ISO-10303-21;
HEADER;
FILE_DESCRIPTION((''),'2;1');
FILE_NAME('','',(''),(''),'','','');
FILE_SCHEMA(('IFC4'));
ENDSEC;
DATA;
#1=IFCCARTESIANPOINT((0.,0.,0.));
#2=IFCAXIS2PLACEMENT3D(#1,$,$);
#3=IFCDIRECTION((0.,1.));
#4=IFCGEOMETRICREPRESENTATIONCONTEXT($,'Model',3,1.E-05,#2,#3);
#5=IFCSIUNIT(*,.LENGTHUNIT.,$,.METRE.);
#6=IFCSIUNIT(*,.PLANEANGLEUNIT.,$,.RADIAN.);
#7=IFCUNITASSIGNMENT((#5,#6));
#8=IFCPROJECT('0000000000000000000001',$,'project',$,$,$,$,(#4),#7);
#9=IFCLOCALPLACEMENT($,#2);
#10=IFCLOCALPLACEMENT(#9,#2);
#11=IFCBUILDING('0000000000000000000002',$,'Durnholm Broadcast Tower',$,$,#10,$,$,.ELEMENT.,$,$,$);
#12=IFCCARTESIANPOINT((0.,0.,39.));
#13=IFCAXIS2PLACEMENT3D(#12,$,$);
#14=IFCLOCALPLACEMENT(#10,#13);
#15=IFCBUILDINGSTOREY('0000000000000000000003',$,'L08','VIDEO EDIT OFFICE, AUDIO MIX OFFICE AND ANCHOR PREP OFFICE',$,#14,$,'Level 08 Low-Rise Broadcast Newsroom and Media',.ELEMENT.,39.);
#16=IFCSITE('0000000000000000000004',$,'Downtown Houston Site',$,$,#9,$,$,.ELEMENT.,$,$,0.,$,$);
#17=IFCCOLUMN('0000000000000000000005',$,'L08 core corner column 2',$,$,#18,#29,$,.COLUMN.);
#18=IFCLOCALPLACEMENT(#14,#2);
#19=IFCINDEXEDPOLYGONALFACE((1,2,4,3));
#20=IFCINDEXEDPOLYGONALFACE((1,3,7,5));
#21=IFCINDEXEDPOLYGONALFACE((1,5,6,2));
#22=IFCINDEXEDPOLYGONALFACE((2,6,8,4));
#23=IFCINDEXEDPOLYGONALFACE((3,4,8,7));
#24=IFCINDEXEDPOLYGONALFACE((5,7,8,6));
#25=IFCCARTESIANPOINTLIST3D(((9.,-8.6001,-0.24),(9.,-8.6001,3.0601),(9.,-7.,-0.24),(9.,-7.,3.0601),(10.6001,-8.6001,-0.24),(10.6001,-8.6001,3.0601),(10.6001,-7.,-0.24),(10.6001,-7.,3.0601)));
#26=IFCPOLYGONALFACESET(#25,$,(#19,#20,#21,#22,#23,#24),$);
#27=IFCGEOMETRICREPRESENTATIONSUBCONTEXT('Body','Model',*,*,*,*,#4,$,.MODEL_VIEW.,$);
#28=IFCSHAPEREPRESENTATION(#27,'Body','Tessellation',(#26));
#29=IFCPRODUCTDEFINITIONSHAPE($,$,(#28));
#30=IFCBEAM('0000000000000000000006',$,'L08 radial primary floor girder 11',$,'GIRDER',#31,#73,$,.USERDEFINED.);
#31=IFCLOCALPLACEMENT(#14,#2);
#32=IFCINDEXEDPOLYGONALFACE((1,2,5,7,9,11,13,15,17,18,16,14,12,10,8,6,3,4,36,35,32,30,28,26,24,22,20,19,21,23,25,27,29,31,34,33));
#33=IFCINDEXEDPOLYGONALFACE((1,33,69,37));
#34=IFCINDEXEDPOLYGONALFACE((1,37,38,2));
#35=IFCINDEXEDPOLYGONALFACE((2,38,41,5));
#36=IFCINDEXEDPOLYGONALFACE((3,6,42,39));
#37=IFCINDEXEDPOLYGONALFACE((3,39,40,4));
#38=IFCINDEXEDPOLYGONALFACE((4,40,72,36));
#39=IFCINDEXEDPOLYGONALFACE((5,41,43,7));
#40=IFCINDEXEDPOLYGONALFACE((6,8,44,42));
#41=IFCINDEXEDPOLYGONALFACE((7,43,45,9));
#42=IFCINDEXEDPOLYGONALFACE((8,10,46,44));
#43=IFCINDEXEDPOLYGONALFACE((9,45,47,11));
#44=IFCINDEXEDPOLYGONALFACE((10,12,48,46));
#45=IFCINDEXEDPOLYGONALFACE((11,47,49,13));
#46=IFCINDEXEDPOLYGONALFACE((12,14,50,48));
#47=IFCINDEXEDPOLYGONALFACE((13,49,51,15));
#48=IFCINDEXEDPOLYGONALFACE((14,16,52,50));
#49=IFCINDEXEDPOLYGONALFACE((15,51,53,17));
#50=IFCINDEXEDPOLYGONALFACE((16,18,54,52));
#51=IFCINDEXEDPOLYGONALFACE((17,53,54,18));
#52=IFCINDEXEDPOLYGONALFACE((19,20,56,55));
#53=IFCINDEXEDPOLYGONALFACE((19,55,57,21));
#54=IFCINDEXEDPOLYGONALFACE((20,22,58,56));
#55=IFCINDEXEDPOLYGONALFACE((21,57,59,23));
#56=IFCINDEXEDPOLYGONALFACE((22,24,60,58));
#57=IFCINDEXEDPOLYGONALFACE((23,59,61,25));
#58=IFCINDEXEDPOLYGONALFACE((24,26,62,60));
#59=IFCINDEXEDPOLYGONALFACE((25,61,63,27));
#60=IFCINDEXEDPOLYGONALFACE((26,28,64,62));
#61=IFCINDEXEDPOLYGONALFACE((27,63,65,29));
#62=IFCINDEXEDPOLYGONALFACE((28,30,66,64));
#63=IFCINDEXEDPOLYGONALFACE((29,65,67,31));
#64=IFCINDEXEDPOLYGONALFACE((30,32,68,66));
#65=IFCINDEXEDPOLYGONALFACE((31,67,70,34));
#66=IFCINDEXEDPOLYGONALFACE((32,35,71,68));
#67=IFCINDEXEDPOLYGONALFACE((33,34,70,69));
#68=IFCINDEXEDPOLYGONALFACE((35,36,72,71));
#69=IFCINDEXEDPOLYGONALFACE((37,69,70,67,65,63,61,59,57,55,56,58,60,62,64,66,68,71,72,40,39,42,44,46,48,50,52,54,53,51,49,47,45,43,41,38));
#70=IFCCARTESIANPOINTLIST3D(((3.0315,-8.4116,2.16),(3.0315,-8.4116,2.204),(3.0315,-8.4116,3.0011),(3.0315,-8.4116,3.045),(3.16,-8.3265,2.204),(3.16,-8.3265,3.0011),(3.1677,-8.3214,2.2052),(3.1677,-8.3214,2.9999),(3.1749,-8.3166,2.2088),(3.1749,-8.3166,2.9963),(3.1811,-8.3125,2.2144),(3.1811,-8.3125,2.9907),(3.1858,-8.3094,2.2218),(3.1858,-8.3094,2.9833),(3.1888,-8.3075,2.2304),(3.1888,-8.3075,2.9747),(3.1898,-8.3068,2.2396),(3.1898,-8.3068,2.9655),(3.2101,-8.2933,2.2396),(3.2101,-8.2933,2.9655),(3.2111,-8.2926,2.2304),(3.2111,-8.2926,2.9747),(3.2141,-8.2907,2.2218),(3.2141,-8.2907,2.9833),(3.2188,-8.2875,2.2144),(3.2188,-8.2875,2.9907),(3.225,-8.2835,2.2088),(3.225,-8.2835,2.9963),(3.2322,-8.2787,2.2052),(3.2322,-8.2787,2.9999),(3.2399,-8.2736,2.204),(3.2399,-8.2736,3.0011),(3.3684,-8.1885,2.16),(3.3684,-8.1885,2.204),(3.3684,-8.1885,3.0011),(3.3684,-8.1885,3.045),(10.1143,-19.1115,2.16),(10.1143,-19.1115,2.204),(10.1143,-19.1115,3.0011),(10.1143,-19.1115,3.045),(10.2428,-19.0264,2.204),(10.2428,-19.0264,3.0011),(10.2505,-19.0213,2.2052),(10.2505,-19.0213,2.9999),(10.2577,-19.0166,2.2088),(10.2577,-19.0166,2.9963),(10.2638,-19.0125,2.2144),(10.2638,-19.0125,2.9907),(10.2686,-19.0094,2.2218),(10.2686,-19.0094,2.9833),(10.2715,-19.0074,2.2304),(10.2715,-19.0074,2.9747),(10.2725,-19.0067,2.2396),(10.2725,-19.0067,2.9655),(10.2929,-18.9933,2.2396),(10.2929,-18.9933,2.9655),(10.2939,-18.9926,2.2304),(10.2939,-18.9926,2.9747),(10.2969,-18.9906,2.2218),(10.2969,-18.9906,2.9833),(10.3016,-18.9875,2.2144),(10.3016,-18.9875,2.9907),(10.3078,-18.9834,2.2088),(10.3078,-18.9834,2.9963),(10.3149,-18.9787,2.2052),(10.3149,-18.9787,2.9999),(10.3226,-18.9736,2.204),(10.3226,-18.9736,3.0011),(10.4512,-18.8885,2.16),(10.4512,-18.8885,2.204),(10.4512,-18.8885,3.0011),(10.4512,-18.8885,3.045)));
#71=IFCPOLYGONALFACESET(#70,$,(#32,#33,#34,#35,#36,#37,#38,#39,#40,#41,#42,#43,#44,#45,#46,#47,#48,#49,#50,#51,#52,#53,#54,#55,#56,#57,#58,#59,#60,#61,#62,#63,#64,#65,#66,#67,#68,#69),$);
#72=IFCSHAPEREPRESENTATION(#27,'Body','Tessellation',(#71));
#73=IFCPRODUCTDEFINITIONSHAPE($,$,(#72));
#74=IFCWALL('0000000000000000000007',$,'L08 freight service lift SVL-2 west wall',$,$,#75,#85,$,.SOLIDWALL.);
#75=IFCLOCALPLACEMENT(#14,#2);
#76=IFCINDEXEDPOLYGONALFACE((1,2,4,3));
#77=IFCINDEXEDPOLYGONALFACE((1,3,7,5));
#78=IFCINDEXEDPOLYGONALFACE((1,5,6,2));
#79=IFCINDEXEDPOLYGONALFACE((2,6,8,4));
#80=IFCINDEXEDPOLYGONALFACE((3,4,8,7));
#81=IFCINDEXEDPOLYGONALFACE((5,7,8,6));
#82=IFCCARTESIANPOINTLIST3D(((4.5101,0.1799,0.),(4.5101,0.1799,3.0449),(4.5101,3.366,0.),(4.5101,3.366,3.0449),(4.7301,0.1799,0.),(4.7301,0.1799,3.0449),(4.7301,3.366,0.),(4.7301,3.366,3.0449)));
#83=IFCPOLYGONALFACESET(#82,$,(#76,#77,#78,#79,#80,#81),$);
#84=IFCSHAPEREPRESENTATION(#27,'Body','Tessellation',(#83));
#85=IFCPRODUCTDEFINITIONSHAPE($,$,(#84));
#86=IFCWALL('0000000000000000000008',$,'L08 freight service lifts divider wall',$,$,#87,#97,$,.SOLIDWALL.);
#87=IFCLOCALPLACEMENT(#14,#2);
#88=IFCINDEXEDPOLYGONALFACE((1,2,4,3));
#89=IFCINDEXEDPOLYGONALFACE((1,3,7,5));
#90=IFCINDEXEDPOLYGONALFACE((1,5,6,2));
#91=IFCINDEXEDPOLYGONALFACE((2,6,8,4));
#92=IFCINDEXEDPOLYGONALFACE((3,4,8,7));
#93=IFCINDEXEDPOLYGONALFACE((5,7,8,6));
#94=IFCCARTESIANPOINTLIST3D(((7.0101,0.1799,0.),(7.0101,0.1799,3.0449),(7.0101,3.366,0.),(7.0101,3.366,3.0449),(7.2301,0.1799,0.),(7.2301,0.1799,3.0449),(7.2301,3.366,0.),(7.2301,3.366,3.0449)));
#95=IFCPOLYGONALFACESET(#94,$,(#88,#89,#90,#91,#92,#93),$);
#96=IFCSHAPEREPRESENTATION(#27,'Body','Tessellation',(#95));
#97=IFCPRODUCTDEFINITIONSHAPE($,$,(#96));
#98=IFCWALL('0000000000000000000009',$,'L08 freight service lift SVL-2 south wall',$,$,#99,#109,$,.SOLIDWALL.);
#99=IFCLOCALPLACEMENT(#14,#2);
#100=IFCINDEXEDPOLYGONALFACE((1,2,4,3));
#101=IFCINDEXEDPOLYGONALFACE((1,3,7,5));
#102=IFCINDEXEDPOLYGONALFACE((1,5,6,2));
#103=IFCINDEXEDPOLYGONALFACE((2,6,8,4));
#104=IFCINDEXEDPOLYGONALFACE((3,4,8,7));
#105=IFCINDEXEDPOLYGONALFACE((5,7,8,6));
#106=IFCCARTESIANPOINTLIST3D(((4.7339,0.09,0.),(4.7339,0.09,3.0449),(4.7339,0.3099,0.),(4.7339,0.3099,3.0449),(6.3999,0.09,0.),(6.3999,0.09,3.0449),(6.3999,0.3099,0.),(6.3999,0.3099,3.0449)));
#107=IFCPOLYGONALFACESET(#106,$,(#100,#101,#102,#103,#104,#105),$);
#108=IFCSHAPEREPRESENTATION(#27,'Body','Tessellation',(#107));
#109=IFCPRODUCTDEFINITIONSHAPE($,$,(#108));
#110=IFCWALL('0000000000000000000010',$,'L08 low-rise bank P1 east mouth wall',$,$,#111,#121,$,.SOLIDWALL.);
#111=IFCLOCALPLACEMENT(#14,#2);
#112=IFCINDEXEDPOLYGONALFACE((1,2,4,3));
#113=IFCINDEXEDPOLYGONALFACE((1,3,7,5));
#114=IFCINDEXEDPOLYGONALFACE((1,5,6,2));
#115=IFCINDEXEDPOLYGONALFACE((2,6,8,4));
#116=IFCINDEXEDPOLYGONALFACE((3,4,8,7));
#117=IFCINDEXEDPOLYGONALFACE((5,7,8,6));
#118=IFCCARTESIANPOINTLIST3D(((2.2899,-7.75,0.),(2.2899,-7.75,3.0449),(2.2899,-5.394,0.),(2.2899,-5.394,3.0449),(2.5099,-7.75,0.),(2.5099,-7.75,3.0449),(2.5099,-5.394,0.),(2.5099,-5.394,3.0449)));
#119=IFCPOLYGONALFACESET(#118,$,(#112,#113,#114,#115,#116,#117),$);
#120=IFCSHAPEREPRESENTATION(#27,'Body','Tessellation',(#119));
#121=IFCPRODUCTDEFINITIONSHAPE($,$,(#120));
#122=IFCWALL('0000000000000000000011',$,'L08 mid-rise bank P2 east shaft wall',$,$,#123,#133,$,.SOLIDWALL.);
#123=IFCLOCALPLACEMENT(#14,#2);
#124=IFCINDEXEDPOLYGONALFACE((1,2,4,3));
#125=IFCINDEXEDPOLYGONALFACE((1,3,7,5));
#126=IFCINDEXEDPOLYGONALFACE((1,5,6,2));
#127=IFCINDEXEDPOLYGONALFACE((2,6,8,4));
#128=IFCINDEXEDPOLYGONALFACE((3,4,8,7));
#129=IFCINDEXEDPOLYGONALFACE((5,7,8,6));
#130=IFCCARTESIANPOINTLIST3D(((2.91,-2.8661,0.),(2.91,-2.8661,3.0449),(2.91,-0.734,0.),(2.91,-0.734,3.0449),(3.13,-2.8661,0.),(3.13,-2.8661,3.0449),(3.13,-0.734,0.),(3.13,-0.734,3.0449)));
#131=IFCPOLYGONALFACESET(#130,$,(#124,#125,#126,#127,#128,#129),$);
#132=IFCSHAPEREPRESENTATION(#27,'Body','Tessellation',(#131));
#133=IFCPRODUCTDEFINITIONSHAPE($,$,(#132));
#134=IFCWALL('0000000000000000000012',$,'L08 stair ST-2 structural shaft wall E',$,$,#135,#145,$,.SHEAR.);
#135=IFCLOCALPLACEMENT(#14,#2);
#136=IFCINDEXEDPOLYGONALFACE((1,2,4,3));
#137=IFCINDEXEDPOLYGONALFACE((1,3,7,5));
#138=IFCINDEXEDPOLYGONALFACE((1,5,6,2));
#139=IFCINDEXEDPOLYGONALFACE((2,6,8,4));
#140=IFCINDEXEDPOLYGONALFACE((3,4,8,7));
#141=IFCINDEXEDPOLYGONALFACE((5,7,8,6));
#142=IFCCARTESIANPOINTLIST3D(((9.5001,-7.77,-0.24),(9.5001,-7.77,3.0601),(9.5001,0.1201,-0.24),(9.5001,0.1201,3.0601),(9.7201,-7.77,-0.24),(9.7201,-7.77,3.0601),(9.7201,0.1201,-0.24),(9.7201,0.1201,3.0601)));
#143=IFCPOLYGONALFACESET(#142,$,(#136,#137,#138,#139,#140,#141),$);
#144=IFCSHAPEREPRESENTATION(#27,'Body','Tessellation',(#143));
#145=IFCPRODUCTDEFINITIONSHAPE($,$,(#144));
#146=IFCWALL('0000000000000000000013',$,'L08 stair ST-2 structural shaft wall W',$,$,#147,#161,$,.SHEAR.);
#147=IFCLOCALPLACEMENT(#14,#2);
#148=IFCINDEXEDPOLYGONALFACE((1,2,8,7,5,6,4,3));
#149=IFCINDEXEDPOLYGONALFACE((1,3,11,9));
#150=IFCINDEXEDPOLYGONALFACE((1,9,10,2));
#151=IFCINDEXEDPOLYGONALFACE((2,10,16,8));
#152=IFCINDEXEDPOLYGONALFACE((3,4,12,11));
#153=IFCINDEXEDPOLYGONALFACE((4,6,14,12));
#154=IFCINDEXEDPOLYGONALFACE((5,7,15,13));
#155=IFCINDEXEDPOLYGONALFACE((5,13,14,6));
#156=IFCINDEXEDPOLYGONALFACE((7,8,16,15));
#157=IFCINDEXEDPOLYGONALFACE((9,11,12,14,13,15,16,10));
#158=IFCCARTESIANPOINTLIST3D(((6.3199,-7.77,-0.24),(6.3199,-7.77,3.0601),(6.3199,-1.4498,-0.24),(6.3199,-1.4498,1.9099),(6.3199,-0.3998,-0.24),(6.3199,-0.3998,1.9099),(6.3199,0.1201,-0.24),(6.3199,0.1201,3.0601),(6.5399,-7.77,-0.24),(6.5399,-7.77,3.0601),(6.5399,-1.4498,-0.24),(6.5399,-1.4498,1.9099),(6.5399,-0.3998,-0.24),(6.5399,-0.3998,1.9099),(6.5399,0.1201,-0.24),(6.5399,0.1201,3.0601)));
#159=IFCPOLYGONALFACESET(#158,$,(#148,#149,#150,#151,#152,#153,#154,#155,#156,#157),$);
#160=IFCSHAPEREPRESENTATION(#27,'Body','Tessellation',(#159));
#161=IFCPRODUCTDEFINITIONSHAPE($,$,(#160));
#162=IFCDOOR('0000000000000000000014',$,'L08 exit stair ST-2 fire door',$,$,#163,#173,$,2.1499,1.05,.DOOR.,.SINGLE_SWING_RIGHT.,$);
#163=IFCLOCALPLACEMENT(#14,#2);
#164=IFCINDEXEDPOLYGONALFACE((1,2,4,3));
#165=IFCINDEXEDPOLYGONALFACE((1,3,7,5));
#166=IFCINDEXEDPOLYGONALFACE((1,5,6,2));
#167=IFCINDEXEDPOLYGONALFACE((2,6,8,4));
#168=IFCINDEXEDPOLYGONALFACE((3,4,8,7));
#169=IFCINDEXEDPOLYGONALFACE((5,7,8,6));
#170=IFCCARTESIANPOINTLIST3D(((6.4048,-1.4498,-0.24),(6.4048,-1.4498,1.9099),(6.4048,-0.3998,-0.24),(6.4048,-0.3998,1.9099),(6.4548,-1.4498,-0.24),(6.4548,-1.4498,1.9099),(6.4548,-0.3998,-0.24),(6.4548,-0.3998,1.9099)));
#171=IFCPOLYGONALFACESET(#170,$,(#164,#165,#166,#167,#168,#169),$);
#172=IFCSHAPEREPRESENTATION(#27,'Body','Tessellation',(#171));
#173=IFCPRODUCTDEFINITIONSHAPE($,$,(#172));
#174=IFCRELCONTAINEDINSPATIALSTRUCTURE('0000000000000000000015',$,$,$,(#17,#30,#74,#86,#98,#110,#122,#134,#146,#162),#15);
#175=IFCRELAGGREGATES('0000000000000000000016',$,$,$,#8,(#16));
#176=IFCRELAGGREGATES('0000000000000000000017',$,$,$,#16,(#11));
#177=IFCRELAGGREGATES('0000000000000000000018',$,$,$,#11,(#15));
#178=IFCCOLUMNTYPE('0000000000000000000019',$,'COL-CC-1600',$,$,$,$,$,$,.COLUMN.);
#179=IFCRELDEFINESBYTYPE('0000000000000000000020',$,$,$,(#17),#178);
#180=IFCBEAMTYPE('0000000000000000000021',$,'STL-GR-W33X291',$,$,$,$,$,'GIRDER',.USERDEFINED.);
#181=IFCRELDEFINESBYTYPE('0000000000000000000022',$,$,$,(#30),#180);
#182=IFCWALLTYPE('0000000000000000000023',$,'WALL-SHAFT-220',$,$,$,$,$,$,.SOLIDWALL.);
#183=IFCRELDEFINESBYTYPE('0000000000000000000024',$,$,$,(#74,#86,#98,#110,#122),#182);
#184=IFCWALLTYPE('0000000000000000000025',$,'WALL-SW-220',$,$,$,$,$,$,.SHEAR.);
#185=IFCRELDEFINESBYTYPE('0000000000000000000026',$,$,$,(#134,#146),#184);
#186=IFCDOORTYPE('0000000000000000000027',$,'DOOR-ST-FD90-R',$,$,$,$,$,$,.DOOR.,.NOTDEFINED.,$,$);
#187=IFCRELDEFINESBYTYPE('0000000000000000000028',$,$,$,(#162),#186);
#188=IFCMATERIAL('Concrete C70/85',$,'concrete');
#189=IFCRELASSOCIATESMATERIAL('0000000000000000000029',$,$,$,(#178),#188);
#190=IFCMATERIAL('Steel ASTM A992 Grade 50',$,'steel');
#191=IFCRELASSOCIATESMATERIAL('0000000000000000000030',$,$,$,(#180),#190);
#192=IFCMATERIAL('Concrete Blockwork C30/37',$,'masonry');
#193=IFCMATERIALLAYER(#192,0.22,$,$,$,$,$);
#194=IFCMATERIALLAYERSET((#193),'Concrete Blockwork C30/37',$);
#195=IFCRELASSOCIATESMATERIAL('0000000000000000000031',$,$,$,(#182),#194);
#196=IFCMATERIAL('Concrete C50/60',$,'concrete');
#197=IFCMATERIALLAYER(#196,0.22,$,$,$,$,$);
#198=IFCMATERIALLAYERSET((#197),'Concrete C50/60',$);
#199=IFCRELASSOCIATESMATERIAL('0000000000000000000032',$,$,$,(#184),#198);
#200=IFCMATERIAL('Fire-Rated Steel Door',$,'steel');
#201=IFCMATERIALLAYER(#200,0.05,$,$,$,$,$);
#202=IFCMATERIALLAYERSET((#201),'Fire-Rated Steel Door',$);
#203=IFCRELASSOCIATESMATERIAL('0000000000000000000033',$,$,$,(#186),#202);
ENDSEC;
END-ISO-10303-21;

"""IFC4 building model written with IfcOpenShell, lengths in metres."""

from ifc_helpers import new_model, si_unit, direction, frame, frame_2d, origin, origin_2d, place, context, subcontext, project, spatial, rectangle, i_section, extrude, source, transform, mapped, material, layer, layer_set, material_profile, profile_set, type_object, type_shapes, element, fill, save


model = new_model("IFC4")

# Units and contexts
model_context = context("Model", 3, precision=1e-05, world=origin(), true_north=direction((0.0, 1.0)))
body_context = subcontext(model_context, "Body", "Model", "MODEL_VIEW")
ifc_project = project(units=[si_unit("LENGTHUNIT", "METRE"), si_unit("PLANEANGLEUNIT", "RADIAN")], contexts=[model_context])

# Site, building, storey
site_placement = place(None, origin())
site = spatial("IfcSite", under=ifc_project, at=site_placement, Name="Downtown Houston Site", CompositionType="ELEMENT", RefElevation=0.0)
building_placement = place(site_placement, origin())
building = spatial("IfcBuilding", under=site, at=building_placement, Name="Durnholm Broadcast Tower", CompositionType="ELEMENT")
storey_placement = place(building_placement, frame((0.0, 0.0, 39.0)))
storey = spatial("IfcBuildingStorey", under=building, at=storey_placement, Name="L08", Description="VIDEO EDIT OFFICE, AUDIO MIX OFFICE AND ANCHOR PREP OFFICE", LongName="Level 08 Low-Rise Broadcast Newsroom and Media", CompositionType="ELEMENT", Elevation=39.0)

# Column
ifc_material_1 = material(Name="Concrete C70/85", Category="concrete")
ifc_material_profile_1 = material_profile(ifc_material_1, rectangle(XDim=1.6001, YDim=1.6001, at=origin_2d()), Name="RC1600X1600")
ifc_profile_set_1 = profile_set([ifc_material_profile_1], Name="Concrete C70/85")
column_type = type_object("IfcColumnType", Name="COL-CC-1600", PredefinedType="COLUMN", material=ifc_profile_set_1)
shared_shape_1 = source(origin(), body_context, "Body", "SweptSolid", [
    extrude(rectangle(XDim=1.6001, YDim=1.6001, at=origin_2d()), origin(), (0.0, 0.0, 1.0), 3.3),
])
type_shapes(column_type, [shared_shape_1])
column_placement = place(storey_placement, frame((9.8, -7.8, -0.24), z_axis=(0.0, 0.0, 1.0), x_axis=(1.0, 0.0, 0.0)))
element("IfcColumn", 1, at=column_placement, inside=storey, type_object=column_type, Name="L08 core corner column 2", PredefinedType="COLUMN", context=body_context, shape_type="MappedRepresentation", body=[
    mapped(shared_shape_1, transform((0.0, 0.0, 0.0), x_axis=(1.0, 0.0, 0.0), y_axis=(0.0, 1.0, 0.0), z_axis=(0.0, 0.0, 1.0), scale=1.0)),
])

# Beam
ifc_material_2 = material(Name="Steel ASTM A992 Grade 50", Category="steel")
ifc_material_profile_2 = material_profile(ifc_material_2, i_section(OverallWidth=0.4041, OverallDepth=0.885, WebThickness=0.0244, FlangeThickness=0.0439, FilletRadius=0.0356, at=origin_2d()), Name="W33X291")
ifc_profile_set_2 = profile_set([ifc_material_profile_2], Name="Steel ASTM A992 Grade 50")
beam_type = type_object("IfcBeamType", Name="STL-GR-W33X291", ElementType="GIRDER", PredefinedType="USERDEFINED", material=ifc_profile_set_2)
shared_shape_2 = source(origin(), body_context, "Body", "SweptSolid", [
    extrude(i_section(OverallWidth=0.4041, OverallDepth=0.885, WebThickness=0.0244, FlangeThickness=0.0439, FilletRadius=0.0356, at=origin_2d()), origin(), (0.0, 0.0, 1.0), 12.8318),
])
type_shapes(beam_type, [shared_shape_2])
beam_placement = place(storey_placement, frame((3.2, -8.3, 2.6025), z_axis=(0.551971, -0.833864, 0.0), x_axis=(0.833864, 0.551971, 0.0)))
element("IfcBeam", 2, at=beam_placement, inside=storey, type_object=beam_type, Name="L08 radial primary floor girder 11", ObjectType="GIRDER", PredefinedType="USERDEFINED", context=body_context, shape_type="MappedRepresentation", body=[
    mapped(shared_shape_2, transform((0.0, 0.0, 0.0), x_axis=(1.0, 0.0, 0.0), y_axis=(0.0, 1.0, 0.0), z_axis=(0.0, 0.0, 1.0), scale=1.0)),
])

# Walls
ifc_material_3 = material(Name="Concrete Blockwork C30/37", Category="masonry")
ifc_layer_1 = layer(ifc_material_3, 0.22)
ifc_layer_set_1 = layer_set([ifc_layer_1], Name="Concrete Blockwork C30/37")
wall_type_1 = type_object("IfcWallType", Name="WALL-SHAFT-220", PredefinedType="SOLIDWALL", material=ifc_layer_set_1)
for number, where, z_axis, x_axis, name in (
    (3, (4.6201, 0.1799, 0.0), (0.0, 0.0, 1.0), (0.0, 1.0, 0.0), "L08 freight service lift SVL-2 west wall"),
    (4, (7.1201, 0.1799, 0.0), (0.0, 0.0, 1.0), (0.0, 1.0, 0.0), "L08 freight service lifts divider wall"),
):
    element("IfcWall", number, at=place(storey_placement, frame(where, z_axis=z_axis, x_axis=x_axis)), inside=storey, type_object=wall_type_1, Name=name, PredefinedType="SOLIDWALL", context=body_context, shape_type="SweptSolid", body=[
        extrude(rectangle(XDim=3.186, YDim=0.22, at=frame_2d((1.593, 0.0))), origin(), (0.0, 0.0, 1.0), 3.0449),
    ])
wall_1_placement = place(storey_placement, frame((4.7339, 0.2, 0.0), z_axis=(0.0, 0.0, 1.0), x_axis=(1.0, 0.0, 0.0)))
element("IfcWall", 5, at=wall_1_placement, inside=storey, type_object=wall_type_1, Name="L08 freight service lift SVL-2 south wall", PredefinedType="SOLIDWALL", context=body_context, shape_type="SweptSolid", body=[
    extrude(rectangle(XDim=1.666, YDim=0.22, at=frame_2d((0.833, 0.0))), origin(), (0.0, 0.0, 1.0), 3.0449),
])

# Walls
wall_2_placement = place(storey_placement, frame((2.3999, -7.75, 0.0), z_axis=(0.0, 0.0, 1.0), x_axis=(0.0, 1.0, 0.0)))
element("IfcWall", 6, at=wall_2_placement, inside=storey, type_object=wall_type_1, Name="L08 low-rise bank P1 east mouth wall", PredefinedType="SOLIDWALL", context=body_context, shape_type="SweptSolid", body=[
    extrude(rectangle(XDim=2.356, YDim=0.22, at=frame_2d((1.178, 0.0))), origin(), (0.0, 0.0, 1.0), 3.0449),
])
wall_3_placement = place(storey_placement, frame((3.02, -2.866, 0.0), z_axis=(0.0, 0.0, 1.0), x_axis=(0.0, 1.0, 0.0)))
element("IfcWall", 7, at=wall_3_placement, inside=storey, type_object=wall_type_1, Name="L08 mid-rise bank P2 east shaft wall", PredefinedType="SOLIDWALL", context=body_context, shape_type="SweptSolid", body=[
    extrude(rectangle(XDim=2.1321, YDim=0.22, at=frame_2d((1.0659, 0.0))), origin(), (0.0, 0.0, 1.0), 3.0449),
])
ifc_material_4 = material(Name="Concrete C50/60", Category="concrete")
ifc_layer_2 = layer(ifc_material_4, 0.22)
ifc_layer_set_2 = layer_set([ifc_layer_2], Name="Concrete C50/60")
wall_type_2 = type_object("IfcWallType", Name="WALL-SW-220", PredefinedType="SHEAR", material=ifc_layer_set_2)
wall_4_placement = place(storey_placement, frame((9.6101, -7.77, -0.24), z_axis=(0.0, 0.0, 1.0), x_axis=(0.0, 1.0, 0.0)))
element("IfcWall", 8, at=wall_4_placement, inside=storey, type_object=wall_type_2, Name="L08 stair ST-2 structural shaft wall E", PredefinedType="SHEAR", context=body_context, shape_type="SweptSolid", body=[
    extrude(rectangle(XDim=7.8901, YDim=0.22, at=frame_2d((3.9451, 0.0))), origin(), (0.0, 0.0, 1.0), 3.3),
])

# Wall, opening, door
wall_5_placement = place(storey_placement, frame((6.4299, 0.1201, -0.24), z_axis=(0.0, 0.0, 1.0), x_axis=(0.0, -1.0, 0.0)))
wall_5 = element("IfcWall", 9, at=wall_5_placement, inside=storey, type_object=wall_type_2, Name="L08 stair ST-2 structural shaft wall W", PredefinedType="SHEAR", context=body_context, shape_type="SweptSolid", body=[
    extrude(rectangle(XDim=7.8901, YDim=0.22, at=frame_2d((3.9451, 0.0))), origin(), (0.0, 0.0, 1.0), 3.3),
])
opening_1_placement = place(wall_5_placement, frame((0.52, 0.0, 0.0)))
opening_1 = element("IfcOpeningElement", 10, at=opening_1_placement, cuts=wall_5, PredefinedType="OPENING", context=body_context, shape_type="SweptSolid", body=[
    extrude(rectangle(XDim=1.05, YDim=2.1499, at=frame_2d((0.5249, 1.075))), frame((0.0, 0.1201, 0.0), z_axis=(0.0, -1.0, 0.0), x_axis=(1.0, 0.0, 0.0)), (0.0, 0.0, 1.0), 0.24),
])
ifc_material_5 = material(Name="Fire-Rated Steel Door", Category="steel")
ifc_layer_3 = layer(ifc_material_5, 0.05)
ifc_layer_set_3 = layer_set([ifc_layer_3], Name="Fire-Rated Steel Door")
door_type_1 = type_object("IfcDoorType", Name="DOOR-ST-FD90-R", OperationType="NOTDEFINED", PredefinedType="DOOR", material=ifc_layer_set_3)
shared_shape_3 = source(origin(), body_context, "Body", "SweptSolid", [
    extrude(rectangle(XDim=1.05, YDim=2.1499, at=frame_2d((0.5249, 1.075))), frame((0.0, 0.0249, 0.0), z_axis=(0.0, -1.0, 0.0), x_axis=(1.0, 0.0, 0.0)), (0.0, 0.0, 1.0), 0.05),
])
type_shapes(door_type_1, [shared_shape_3])
door_1_placement = place(opening_1_placement, origin())
door_1 = element("IfcDoor", 11, at=door_1_placement, inside=storey, type_object=door_type_1, Name="L08 exit stair ST-2 fire door", OperationType="SINGLE_SWING_RIGHT", OverallHeight=2.1499, OverallWidth=1.05, PredefinedType="DOOR", context=body_context, shape_type="MappedRepresentation", body=[
    mapped(shared_shape_3, transform((0.0, 0.0, 0.0), x_axis=(1.0, 0.0, 0.0), y_axis=(0.0, 1.0, 0.0), z_axis=(0.0, 0.0, 1.0), scale=1.0)),
])
fill(opening_1, door_1)

save(model, "model.ifc")
